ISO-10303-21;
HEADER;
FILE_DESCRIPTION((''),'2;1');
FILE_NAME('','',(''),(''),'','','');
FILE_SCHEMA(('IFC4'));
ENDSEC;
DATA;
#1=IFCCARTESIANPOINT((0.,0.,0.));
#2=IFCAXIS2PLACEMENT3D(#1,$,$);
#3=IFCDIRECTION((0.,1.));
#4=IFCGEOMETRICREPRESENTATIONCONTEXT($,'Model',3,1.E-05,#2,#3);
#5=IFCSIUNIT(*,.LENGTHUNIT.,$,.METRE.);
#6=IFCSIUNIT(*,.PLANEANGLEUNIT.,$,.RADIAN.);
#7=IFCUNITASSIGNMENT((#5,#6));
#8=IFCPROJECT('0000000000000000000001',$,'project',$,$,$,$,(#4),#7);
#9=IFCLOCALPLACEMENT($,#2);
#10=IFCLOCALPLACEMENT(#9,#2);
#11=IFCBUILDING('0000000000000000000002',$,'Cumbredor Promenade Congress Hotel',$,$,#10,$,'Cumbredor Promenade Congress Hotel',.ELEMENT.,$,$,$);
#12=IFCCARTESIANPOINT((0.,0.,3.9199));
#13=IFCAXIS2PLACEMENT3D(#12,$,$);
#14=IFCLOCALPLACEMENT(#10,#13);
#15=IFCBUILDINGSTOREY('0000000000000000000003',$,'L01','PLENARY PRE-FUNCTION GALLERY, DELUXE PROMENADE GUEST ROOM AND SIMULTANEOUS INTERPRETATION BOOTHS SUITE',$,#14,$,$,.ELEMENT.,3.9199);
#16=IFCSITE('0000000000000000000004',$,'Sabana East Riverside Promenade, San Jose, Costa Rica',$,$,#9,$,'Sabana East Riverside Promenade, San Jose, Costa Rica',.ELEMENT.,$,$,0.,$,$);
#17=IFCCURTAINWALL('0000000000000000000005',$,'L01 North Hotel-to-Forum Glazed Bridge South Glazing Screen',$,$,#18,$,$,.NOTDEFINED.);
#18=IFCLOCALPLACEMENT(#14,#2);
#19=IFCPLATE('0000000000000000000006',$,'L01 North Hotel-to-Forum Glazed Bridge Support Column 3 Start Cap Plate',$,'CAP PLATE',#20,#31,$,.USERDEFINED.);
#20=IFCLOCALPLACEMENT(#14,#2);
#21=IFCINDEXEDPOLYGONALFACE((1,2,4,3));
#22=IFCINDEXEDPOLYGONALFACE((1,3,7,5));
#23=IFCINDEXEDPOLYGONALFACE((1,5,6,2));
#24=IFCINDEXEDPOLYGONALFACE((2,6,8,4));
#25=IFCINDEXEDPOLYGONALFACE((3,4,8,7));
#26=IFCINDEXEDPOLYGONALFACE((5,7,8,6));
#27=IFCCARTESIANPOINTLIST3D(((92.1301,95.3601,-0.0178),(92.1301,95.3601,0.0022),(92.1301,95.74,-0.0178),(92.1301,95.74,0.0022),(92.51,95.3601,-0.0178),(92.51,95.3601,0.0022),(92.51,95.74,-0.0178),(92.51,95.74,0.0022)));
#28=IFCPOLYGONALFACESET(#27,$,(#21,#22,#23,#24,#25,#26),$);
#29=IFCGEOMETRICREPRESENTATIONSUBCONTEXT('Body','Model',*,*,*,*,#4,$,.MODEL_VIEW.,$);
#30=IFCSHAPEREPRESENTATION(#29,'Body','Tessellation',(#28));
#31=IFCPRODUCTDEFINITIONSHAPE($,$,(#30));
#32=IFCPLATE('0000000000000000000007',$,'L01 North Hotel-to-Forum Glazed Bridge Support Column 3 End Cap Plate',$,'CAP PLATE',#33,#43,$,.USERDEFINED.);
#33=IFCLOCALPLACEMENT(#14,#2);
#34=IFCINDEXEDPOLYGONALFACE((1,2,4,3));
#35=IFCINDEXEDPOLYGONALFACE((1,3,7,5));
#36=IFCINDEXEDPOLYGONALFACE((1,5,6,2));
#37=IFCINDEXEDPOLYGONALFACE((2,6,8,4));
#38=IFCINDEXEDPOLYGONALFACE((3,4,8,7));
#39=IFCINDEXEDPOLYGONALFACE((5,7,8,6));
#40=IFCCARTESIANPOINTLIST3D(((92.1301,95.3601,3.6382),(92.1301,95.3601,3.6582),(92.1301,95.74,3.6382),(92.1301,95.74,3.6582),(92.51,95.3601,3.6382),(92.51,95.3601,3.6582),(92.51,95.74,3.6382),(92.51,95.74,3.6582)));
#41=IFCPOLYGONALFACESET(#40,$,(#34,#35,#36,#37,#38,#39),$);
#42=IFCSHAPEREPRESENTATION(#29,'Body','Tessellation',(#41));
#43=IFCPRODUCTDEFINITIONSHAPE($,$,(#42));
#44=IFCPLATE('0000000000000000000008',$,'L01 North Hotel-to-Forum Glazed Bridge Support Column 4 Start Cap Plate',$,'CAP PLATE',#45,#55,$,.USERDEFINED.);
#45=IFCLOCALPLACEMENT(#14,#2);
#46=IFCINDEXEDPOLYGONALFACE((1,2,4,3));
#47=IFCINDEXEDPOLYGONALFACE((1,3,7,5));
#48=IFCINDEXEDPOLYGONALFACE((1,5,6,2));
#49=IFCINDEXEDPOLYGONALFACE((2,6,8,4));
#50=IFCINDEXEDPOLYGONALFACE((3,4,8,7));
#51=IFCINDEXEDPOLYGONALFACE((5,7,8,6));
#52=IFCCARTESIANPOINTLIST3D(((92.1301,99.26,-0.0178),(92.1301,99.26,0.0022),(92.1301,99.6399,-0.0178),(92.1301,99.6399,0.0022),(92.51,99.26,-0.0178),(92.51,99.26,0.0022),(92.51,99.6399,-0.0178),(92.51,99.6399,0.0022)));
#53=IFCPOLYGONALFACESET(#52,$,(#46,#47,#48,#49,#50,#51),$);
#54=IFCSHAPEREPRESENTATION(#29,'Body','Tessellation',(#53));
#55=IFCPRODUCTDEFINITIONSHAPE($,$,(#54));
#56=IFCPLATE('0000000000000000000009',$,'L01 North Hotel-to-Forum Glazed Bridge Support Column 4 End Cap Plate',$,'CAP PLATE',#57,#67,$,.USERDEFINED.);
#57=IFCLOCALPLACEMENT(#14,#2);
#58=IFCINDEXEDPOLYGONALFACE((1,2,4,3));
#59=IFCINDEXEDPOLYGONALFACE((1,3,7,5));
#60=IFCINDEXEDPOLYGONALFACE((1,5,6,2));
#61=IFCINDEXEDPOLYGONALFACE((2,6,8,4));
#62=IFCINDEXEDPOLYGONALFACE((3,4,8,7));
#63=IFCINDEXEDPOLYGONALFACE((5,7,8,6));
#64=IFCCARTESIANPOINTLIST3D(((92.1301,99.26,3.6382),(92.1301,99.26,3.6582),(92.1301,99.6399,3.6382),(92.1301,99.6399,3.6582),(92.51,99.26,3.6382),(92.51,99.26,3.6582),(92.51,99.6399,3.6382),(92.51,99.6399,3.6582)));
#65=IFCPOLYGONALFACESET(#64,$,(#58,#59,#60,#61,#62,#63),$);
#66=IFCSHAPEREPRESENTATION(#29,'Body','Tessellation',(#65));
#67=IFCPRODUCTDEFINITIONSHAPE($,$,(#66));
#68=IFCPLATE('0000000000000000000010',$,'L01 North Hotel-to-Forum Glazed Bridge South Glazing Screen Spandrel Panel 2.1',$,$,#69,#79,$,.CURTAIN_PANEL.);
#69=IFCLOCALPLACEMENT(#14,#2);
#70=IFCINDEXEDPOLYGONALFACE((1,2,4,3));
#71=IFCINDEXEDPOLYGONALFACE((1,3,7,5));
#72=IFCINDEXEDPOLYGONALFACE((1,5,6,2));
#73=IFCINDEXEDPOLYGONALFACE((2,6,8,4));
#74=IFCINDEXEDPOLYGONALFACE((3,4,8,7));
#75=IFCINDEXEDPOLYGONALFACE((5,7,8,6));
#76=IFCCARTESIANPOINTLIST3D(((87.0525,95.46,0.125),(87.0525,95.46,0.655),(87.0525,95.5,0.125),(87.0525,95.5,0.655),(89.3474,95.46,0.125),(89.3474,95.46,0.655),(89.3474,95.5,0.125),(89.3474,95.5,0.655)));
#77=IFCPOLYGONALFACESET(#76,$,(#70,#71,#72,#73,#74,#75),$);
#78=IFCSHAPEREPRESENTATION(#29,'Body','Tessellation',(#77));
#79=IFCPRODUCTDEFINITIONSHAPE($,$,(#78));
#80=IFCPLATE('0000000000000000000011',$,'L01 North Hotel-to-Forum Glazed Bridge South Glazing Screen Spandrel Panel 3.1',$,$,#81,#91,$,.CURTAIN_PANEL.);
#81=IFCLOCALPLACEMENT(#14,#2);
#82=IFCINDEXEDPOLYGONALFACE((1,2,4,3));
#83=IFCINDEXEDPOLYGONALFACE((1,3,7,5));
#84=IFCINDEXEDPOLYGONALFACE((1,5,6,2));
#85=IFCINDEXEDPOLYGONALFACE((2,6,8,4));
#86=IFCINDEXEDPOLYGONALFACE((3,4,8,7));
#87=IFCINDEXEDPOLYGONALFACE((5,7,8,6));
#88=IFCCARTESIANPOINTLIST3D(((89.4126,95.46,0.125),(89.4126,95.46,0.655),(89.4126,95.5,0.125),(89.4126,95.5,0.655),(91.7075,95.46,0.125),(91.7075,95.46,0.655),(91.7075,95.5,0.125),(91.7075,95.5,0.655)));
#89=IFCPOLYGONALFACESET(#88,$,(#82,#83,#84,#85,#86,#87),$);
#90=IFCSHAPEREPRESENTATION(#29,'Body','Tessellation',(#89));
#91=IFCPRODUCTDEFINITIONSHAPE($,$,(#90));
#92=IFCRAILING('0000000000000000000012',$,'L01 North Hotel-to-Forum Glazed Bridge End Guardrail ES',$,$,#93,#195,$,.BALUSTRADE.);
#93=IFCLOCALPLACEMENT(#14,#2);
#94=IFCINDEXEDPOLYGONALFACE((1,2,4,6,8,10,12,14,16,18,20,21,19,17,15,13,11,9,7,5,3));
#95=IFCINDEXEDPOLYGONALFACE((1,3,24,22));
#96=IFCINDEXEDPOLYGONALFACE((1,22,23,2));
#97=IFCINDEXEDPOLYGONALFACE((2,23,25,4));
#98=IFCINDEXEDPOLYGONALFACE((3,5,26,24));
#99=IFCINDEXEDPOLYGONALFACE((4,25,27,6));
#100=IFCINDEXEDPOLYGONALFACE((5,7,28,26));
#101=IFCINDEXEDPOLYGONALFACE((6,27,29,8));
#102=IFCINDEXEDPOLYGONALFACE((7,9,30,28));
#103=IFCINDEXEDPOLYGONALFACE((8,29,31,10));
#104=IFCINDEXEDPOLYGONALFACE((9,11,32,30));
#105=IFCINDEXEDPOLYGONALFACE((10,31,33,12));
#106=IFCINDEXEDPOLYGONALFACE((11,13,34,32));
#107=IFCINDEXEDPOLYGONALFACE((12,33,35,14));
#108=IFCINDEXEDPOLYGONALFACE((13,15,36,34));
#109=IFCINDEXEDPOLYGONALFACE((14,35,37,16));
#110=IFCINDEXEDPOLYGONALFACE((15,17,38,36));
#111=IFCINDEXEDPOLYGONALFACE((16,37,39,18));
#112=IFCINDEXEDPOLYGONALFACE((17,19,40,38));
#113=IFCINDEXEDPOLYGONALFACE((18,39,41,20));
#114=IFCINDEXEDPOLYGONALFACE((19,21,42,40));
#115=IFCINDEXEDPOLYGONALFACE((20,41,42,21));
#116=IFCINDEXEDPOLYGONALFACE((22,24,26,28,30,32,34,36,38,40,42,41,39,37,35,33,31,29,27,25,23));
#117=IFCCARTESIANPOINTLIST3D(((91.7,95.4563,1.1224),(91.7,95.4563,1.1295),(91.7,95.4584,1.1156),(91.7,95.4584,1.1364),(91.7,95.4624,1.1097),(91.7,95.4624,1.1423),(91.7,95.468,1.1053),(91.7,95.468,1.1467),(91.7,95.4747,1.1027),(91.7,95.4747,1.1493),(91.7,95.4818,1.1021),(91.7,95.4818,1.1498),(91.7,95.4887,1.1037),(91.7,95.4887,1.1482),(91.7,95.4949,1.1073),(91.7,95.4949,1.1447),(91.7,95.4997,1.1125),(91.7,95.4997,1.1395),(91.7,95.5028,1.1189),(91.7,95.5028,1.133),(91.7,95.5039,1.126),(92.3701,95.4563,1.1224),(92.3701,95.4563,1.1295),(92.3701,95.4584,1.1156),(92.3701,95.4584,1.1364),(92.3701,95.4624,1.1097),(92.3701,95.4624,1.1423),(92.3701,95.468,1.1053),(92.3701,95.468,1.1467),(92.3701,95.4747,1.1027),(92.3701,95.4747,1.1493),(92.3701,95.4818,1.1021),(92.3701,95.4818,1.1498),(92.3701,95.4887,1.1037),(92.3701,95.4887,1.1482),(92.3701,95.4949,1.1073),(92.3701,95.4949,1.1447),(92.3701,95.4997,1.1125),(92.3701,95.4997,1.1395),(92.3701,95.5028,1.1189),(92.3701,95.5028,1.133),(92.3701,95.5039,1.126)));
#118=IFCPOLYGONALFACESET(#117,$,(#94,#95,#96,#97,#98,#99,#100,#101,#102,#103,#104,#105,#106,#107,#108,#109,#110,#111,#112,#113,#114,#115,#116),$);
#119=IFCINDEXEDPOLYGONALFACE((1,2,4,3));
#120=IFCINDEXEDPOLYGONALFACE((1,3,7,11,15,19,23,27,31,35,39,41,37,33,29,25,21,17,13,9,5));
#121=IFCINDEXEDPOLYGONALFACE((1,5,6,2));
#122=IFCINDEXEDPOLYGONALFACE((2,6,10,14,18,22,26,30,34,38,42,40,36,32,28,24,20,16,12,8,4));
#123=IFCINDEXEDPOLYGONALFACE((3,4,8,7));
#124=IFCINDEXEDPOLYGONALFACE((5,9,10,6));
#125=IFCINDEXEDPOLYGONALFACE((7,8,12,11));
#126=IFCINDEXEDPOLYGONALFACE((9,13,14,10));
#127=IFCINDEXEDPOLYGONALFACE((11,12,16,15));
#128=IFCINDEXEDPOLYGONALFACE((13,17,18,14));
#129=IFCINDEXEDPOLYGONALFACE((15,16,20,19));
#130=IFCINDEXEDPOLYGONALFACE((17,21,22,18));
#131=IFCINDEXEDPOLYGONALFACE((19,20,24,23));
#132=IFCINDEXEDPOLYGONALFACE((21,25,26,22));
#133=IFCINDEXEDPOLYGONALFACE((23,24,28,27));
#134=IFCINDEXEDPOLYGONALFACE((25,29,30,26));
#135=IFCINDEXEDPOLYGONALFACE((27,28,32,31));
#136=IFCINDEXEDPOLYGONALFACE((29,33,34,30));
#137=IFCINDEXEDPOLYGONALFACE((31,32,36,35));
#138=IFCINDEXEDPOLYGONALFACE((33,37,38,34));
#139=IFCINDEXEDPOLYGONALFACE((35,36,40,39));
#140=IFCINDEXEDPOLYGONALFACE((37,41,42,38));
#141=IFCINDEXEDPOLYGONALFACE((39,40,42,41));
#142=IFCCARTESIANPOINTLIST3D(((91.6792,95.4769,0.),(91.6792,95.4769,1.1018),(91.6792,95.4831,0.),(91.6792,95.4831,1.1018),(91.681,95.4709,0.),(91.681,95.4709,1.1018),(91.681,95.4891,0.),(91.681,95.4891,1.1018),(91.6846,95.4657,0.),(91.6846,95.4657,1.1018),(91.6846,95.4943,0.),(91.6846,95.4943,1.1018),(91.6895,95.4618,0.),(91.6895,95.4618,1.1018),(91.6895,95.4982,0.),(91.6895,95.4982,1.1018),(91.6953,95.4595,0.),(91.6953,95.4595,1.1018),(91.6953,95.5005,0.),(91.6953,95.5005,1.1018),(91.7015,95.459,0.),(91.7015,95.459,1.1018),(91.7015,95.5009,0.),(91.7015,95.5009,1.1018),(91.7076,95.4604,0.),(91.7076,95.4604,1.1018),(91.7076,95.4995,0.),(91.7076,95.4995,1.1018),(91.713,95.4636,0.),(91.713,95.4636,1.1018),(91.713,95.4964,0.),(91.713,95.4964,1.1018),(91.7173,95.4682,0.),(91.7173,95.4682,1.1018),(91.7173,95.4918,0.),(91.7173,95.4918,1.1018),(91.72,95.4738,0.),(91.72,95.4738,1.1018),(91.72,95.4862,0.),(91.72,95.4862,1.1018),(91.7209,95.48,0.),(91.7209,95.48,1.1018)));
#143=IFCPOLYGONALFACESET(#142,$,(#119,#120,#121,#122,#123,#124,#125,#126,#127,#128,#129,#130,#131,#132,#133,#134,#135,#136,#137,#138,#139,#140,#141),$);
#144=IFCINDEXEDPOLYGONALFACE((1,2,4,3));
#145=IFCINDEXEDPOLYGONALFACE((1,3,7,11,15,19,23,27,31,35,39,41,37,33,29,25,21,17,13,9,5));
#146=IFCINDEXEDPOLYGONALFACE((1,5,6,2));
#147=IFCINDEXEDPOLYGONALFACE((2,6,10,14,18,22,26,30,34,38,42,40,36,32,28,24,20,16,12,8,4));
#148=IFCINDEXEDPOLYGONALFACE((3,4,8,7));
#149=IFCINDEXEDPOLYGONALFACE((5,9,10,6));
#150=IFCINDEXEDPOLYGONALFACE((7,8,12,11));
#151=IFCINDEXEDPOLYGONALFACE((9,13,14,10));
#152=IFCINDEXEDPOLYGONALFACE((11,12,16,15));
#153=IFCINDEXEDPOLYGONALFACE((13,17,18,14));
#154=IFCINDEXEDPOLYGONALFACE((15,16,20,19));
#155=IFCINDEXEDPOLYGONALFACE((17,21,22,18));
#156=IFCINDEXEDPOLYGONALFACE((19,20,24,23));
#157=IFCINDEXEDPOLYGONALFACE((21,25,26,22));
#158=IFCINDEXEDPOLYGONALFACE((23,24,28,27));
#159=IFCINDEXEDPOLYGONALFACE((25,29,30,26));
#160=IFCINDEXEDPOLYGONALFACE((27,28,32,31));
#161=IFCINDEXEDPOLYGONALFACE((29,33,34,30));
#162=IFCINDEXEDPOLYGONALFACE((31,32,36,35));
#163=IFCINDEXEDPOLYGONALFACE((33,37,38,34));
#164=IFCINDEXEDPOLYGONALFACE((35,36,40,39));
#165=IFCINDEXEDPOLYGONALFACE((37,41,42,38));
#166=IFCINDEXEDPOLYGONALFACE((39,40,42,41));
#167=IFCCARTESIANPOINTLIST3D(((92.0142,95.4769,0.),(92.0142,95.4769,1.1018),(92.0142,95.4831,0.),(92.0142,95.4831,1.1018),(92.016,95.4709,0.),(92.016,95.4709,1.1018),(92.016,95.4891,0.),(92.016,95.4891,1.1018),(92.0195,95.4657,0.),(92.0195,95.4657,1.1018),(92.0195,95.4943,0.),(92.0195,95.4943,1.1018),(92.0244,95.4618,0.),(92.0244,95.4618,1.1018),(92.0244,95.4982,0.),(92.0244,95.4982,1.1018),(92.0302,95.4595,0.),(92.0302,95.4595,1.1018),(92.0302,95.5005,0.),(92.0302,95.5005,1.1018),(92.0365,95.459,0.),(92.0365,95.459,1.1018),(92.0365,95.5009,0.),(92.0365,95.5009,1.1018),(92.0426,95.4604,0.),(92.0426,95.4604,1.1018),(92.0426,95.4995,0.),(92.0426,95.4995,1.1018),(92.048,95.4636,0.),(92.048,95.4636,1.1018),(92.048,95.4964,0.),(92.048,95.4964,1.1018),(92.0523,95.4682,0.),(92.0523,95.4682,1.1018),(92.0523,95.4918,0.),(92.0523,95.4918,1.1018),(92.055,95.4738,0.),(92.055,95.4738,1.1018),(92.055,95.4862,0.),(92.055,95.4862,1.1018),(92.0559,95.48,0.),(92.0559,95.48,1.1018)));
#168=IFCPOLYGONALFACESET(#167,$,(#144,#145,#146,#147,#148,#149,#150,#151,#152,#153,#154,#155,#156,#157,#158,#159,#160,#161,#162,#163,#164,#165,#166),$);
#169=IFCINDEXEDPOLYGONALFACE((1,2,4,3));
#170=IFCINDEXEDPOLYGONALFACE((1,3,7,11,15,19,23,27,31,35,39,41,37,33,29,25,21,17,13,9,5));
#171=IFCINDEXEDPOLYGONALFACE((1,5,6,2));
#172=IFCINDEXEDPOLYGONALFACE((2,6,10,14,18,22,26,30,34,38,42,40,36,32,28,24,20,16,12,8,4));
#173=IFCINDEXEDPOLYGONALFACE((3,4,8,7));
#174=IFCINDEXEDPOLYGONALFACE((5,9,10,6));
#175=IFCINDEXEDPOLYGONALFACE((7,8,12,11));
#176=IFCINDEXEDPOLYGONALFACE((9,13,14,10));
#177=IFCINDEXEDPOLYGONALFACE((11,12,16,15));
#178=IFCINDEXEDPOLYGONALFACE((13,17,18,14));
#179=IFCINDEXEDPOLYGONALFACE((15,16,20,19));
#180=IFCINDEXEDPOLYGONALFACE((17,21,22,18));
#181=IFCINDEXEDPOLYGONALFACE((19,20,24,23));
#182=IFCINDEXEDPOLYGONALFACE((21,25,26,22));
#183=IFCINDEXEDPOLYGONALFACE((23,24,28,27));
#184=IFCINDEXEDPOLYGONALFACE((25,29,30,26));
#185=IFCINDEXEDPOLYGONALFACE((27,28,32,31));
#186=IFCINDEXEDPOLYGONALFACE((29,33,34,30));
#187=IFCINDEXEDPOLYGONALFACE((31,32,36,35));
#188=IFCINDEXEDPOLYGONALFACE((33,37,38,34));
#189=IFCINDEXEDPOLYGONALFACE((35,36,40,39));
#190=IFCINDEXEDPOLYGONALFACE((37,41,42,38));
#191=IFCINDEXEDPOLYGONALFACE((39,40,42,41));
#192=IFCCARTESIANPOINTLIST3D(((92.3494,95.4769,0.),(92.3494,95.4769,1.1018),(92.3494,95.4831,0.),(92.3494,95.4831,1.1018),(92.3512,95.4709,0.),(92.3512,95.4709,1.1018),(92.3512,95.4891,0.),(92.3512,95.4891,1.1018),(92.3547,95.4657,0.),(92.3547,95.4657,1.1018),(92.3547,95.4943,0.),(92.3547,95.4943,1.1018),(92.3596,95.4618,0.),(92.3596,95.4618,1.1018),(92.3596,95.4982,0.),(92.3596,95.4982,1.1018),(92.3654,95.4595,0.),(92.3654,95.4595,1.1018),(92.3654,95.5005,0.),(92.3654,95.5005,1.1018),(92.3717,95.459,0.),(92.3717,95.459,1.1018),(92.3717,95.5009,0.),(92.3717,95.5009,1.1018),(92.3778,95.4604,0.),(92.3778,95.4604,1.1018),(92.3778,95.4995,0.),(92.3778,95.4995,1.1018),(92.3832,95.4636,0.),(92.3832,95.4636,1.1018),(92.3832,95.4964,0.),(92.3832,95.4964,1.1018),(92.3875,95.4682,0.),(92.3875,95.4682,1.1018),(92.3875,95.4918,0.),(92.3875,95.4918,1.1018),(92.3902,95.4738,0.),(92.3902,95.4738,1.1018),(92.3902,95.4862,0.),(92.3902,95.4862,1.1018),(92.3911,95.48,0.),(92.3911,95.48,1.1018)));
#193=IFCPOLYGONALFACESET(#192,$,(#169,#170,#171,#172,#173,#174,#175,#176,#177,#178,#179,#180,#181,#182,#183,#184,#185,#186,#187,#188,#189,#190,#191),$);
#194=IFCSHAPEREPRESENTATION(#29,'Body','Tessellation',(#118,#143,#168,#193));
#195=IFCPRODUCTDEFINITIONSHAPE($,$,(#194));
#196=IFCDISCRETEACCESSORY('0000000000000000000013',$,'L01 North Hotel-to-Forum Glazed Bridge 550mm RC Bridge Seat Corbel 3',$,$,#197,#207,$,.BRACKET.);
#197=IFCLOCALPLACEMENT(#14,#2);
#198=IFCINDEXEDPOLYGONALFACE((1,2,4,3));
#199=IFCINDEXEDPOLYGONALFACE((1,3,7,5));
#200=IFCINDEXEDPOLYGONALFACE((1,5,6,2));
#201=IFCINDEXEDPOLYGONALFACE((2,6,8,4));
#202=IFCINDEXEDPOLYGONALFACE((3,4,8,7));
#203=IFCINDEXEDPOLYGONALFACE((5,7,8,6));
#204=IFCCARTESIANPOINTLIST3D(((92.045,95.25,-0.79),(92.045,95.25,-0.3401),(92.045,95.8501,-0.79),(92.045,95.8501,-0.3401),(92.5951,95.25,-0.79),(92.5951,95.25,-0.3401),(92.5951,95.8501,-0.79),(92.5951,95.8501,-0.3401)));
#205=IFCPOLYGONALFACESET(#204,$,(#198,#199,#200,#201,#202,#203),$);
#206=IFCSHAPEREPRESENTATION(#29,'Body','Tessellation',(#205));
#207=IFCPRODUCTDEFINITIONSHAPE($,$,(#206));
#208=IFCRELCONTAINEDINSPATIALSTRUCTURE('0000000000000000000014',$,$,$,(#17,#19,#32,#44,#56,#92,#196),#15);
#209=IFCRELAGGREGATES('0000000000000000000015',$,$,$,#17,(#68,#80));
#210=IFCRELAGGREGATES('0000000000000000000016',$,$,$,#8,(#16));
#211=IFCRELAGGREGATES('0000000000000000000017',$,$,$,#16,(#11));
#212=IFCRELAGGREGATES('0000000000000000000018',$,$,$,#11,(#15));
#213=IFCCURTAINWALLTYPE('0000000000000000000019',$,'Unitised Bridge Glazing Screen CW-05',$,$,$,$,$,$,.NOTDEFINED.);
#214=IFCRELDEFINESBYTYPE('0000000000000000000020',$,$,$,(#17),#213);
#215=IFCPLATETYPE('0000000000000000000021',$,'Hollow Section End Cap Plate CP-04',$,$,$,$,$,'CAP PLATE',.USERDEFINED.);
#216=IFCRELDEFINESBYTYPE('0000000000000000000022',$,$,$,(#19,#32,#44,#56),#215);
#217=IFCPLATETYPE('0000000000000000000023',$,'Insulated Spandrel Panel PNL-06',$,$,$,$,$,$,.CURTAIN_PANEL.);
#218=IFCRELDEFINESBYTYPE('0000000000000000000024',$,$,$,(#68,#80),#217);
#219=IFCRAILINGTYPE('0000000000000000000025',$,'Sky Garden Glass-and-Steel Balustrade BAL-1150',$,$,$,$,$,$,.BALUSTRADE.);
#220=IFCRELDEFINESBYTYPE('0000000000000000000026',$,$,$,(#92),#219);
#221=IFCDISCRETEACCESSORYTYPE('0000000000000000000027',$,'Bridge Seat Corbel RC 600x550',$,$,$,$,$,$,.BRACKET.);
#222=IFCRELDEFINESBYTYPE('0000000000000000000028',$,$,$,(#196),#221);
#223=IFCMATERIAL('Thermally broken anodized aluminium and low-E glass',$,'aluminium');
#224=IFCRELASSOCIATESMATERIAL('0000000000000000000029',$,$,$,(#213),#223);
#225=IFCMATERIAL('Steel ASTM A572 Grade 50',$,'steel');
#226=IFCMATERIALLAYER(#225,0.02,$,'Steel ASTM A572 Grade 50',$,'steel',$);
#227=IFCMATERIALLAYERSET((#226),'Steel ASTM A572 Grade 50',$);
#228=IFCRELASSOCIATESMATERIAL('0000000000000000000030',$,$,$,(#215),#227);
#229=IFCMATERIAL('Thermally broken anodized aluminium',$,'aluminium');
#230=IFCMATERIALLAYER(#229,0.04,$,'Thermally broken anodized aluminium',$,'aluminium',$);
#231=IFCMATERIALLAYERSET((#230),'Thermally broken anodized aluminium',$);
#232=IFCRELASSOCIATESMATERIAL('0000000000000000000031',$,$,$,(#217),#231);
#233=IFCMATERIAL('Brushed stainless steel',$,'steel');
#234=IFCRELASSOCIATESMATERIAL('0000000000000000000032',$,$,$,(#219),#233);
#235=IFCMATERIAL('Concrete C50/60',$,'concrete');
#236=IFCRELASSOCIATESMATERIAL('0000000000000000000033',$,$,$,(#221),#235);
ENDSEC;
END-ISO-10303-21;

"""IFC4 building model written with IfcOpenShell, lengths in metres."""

from ifc_helpers import new_model, si_unit, direction, frame, origin, origin_2d, place, context, subcontext, project, spatial, rectangle, circle, extrude, material, layer, layer_set, type_object, element, aggregate, save


model = new_model("IFC4")

# Units and contexts
model_context = context("Model", 3, precision=1e-05, world=origin(), true_north=direction((0.0, 1.0)))
body_context = subcontext(model_context, "Body", "Model", "MODEL_VIEW")
ifc_project = project(units=[si_unit("LENGTHUNIT", "METRE"), si_unit("PLANEANGLEUNIT", "RADIAN")], contexts=[model_context])

# Site, building, storey
site_placement = place(None, origin())
site = spatial("IfcSite", under=ifc_project, at=site_placement, Name="Sabana East Riverside Promenade, San Jose, Costa Rica", LongName="Sabana East Riverside Promenade, San Jose, Costa Rica", CompositionType="ELEMENT", RefElevation=0.0)
building_placement = place(site_placement, origin())
building = spatial("IfcBuilding", under=site, at=building_placement, Name="Cumbredor Promenade Congress Hotel", LongName="Cumbredor Promenade Congress Hotel", CompositionType="ELEMENT")
storey_placement = place(building_placement, frame((0.0, 0.0, 3.9199)))
storey = spatial("IfcBuildingStorey", under=building, at=storey_placement, Name="L01", Description="PLENARY PRE-FUNCTION GALLERY, DELUXE PROMENADE GUEST ROOM AND SIMULTANEOUS INTERPRETATION BOOTHS SUITE", CompositionType="ELEMENT", Elevation=3.9199)

# Curtain wall
ifc_material_1 = material(Name="Thermally broken anodized aluminium and low-E glass", Category="aluminium")
curtain_wall_type = type_object("IfcCurtainWallType", Name="Unitised Bridge Glazing Screen CW-05", PredefinedType="NOTDEFINED", material=ifc_material_1)
curtain_wall_placement = place(storey_placement, origin())
curtain_wall = element("IfcCurtainWall", 1, at=curtain_wall_placement, inside=storey, type_object=curtain_wall_type, Name="L01 North Hotel-to-Forum Glazed Bridge South Glazing Screen", PredefinedType="NOTDEFINED")
ifc_material_2 = material(Name="Thermally broken anodized aluminium", Category="aluminium")

# Plates
ifc_material_3 = material(Name="Steel ASTM A572 Grade 50", Category="steel")
ifc_layer_1 = layer(ifc_material_3, 0.02, Name="Steel ASTM A572 Grade 50", Category="steel")
ifc_layer_set_1 = layer_set([ifc_layer_1], Name="Steel ASTM A572 Grade 50")
plate_type_1 = type_object("IfcPlateType", Name="Hollow Section End Cap Plate CP-04", ElementType="CAP PLATE", PredefinedType="USERDEFINED", material=ifc_layer_set_1)
for number, where, z_axis, x_axis, name in (
    (2, (92.3201, 95.55, -0.0178), (0.0, 0.0, 1.0), (1.0, 0.0, 0.0), "L01 North Hotel-to-Forum Glazed Bridge Support Column 3 Start Cap Plate"),
    (3, (92.3201, 95.55, 3.6382), (0.0, 0.0, 1.0), (1.0, 0.0, 0.0), "L01 North Hotel-to-Forum Glazed Bridge Support Column 3 End Cap Plate"),
    (4, (92.3201, 99.45, -0.0178), (0.0, 0.0, 1.0), (1.0, 0.0, 0.0), "L01 North Hotel-to-Forum Glazed Bridge Support Column 4 Start Cap Plate"),
    (5, (92.3201, 99.45, 3.6382), (0.0, 0.0, 1.0), (1.0, 0.0, 0.0), "L01 North Hotel-to-Forum Glazed Bridge Support Column 4 End Cap Plate"),
):
    element("IfcPlate", number, at=place(storey_placement, frame(where, z_axis=z_axis, x_axis=x_axis)), inside=storey, type_object=plate_type_1, Name=name, ObjectType="CAP PLATE", PredefinedType="USERDEFINED", context=body_context, shape_type="SweptSolid", body=[
        extrude(rectangle(XDim=0.3799, YDim=0.3799, at=origin_2d()), origin(), (0.0, 0.0, 1.0), 0.02),
    ])

# Plates
ifc_layer_2 = layer(ifc_material_2, 0.04, Name="Thermally broken anodized aluminium", Category="aluminium")
ifc_layer_set_2 = layer_set([ifc_layer_2], Name="Thermally broken anodized aluminium")
plate_type_2 = type_object("IfcPlateType", Name="Insulated Spandrel Panel PNL-06", PredefinedType="CURTAIN_PANEL", material=ifc_layer_set_2)
plate_1_placement = place(storey_placement, frame((88.2, 95.48, 0.125), z_axis=(0.0, 0.0, 1.0), x_axis=(1.0, 0.0, 0.0)))
plate_1 = element("IfcPlate", 6, at=plate_1_placement, type_object=plate_type_2, Name="L01 North Hotel-to-Forum Glazed Bridge South Glazing Screen Spandrel Panel 2.1", PredefinedType="CURTAIN_PANEL", context=body_context, shape_type="SweptSolid", body=[
    extrude(rectangle(XDim=2.2949, YDim=0.04, at=origin_2d()), origin(), (0.0, 0.0, 1.0), 0.53),
])
plate_2_placement = place(storey_placement, frame((90.5601, 95.48, 0.125), z_axis=(0.0, 0.0, 1.0), x_axis=(1.0, 0.0, 0.0)))
plate_2 = element("IfcPlate", 7, at=plate_2_placement, type_object=plate_type_2, Name="L01 North Hotel-to-Forum Glazed Bridge South Glazing Screen Spandrel Panel 3.1", PredefinedType="CURTAIN_PANEL", context=body_context, shape_type="SweptSolid", body=[
    extrude(rectangle(XDim=2.2949, YDim=0.04, at=origin_2d()), origin(), (0.0, 0.0, 1.0), 0.53),
])
aggregate(curtain_wall, [plate_1, plate_2])

# Railing
ifc_material_4 = material(Name="Brushed stainless steel", Category="steel")
railing_type = type_object("IfcRailingType", Name="Sky Garden Glass-and-Steel Balustrade BAL-1150", PredefinedType="BALUSTRADE", material=ifc_material_4)
railing_placement = place(storey_placement, frame((91.7, 95.48, 0.0)))
element("IfcRailing", 8, at=railing_placement, inside=storey, type_object=railing_type, Name="L01 North Hotel-to-Forum Glazed Bridge End Guardrail ES", PredefinedType="BALUSTRADE", context=body_context, shape_type="SweptSolid", body=[
    extrude(circle(Radius=0.0239, at=origin_2d()), frame((0.0, 0.0, 1.126), z_axis=(1.0, 0.0, 0.0), x_axis=(0.0, 1.0, 0.0)), (0.0, 0.0, 1.0), 0.6702),
    extrude(circle(Radius=0.021, at=origin_2d()), origin(), (0.0, 0.0, 1.0), 1.1018),
    extrude(circle(Radius=0.021, at=origin_2d()), frame((0.335, 0.0, 0.0)), (0.0, 0.0, 1.0), 1.1018),
    extrude(circle(Radius=0.021, at=origin_2d()), frame((0.6702, 0.0, 0.0)), (0.0, 0.0, 1.0), 1.1018),
])

# Discrete accessory
ifc_material_5 = material(Name="Concrete C50/60", Category="concrete")
discrete_accessory_type_1 = type_object("IfcDiscreteAccessoryType", Name="Bridge Seat Corbel RC 600x550", PredefinedType="BRACKET", material=ifc_material_5)
for number, where, z_axis, x_axis, name in (
    (9, (92.3201, 95.55, -0.79), (0.0, 0.0, 1.0), (1.0, 0.0, 0.0), "L01 North Hotel-to-Forum Glazed Bridge 550mm RC Bridge Seat Corbel 3"),
):
    element("IfcDiscreteAccessory", number, at=place(storey_placement, frame(where, z_axis=z_axis, x_axis=x_axis)), inside=storey, type_object=discrete_accessory_type_1, Name=name, PredefinedType="BRACKET", context=body_context, shape_type="SweptSolid", body=[
        extrude(rectangle(XDim=0.55, YDim=0.6001, at=origin_2d()), origin(), (0.0, 0.0, 1.0), 0.45),
    ])

save(model, "model.ifc")
